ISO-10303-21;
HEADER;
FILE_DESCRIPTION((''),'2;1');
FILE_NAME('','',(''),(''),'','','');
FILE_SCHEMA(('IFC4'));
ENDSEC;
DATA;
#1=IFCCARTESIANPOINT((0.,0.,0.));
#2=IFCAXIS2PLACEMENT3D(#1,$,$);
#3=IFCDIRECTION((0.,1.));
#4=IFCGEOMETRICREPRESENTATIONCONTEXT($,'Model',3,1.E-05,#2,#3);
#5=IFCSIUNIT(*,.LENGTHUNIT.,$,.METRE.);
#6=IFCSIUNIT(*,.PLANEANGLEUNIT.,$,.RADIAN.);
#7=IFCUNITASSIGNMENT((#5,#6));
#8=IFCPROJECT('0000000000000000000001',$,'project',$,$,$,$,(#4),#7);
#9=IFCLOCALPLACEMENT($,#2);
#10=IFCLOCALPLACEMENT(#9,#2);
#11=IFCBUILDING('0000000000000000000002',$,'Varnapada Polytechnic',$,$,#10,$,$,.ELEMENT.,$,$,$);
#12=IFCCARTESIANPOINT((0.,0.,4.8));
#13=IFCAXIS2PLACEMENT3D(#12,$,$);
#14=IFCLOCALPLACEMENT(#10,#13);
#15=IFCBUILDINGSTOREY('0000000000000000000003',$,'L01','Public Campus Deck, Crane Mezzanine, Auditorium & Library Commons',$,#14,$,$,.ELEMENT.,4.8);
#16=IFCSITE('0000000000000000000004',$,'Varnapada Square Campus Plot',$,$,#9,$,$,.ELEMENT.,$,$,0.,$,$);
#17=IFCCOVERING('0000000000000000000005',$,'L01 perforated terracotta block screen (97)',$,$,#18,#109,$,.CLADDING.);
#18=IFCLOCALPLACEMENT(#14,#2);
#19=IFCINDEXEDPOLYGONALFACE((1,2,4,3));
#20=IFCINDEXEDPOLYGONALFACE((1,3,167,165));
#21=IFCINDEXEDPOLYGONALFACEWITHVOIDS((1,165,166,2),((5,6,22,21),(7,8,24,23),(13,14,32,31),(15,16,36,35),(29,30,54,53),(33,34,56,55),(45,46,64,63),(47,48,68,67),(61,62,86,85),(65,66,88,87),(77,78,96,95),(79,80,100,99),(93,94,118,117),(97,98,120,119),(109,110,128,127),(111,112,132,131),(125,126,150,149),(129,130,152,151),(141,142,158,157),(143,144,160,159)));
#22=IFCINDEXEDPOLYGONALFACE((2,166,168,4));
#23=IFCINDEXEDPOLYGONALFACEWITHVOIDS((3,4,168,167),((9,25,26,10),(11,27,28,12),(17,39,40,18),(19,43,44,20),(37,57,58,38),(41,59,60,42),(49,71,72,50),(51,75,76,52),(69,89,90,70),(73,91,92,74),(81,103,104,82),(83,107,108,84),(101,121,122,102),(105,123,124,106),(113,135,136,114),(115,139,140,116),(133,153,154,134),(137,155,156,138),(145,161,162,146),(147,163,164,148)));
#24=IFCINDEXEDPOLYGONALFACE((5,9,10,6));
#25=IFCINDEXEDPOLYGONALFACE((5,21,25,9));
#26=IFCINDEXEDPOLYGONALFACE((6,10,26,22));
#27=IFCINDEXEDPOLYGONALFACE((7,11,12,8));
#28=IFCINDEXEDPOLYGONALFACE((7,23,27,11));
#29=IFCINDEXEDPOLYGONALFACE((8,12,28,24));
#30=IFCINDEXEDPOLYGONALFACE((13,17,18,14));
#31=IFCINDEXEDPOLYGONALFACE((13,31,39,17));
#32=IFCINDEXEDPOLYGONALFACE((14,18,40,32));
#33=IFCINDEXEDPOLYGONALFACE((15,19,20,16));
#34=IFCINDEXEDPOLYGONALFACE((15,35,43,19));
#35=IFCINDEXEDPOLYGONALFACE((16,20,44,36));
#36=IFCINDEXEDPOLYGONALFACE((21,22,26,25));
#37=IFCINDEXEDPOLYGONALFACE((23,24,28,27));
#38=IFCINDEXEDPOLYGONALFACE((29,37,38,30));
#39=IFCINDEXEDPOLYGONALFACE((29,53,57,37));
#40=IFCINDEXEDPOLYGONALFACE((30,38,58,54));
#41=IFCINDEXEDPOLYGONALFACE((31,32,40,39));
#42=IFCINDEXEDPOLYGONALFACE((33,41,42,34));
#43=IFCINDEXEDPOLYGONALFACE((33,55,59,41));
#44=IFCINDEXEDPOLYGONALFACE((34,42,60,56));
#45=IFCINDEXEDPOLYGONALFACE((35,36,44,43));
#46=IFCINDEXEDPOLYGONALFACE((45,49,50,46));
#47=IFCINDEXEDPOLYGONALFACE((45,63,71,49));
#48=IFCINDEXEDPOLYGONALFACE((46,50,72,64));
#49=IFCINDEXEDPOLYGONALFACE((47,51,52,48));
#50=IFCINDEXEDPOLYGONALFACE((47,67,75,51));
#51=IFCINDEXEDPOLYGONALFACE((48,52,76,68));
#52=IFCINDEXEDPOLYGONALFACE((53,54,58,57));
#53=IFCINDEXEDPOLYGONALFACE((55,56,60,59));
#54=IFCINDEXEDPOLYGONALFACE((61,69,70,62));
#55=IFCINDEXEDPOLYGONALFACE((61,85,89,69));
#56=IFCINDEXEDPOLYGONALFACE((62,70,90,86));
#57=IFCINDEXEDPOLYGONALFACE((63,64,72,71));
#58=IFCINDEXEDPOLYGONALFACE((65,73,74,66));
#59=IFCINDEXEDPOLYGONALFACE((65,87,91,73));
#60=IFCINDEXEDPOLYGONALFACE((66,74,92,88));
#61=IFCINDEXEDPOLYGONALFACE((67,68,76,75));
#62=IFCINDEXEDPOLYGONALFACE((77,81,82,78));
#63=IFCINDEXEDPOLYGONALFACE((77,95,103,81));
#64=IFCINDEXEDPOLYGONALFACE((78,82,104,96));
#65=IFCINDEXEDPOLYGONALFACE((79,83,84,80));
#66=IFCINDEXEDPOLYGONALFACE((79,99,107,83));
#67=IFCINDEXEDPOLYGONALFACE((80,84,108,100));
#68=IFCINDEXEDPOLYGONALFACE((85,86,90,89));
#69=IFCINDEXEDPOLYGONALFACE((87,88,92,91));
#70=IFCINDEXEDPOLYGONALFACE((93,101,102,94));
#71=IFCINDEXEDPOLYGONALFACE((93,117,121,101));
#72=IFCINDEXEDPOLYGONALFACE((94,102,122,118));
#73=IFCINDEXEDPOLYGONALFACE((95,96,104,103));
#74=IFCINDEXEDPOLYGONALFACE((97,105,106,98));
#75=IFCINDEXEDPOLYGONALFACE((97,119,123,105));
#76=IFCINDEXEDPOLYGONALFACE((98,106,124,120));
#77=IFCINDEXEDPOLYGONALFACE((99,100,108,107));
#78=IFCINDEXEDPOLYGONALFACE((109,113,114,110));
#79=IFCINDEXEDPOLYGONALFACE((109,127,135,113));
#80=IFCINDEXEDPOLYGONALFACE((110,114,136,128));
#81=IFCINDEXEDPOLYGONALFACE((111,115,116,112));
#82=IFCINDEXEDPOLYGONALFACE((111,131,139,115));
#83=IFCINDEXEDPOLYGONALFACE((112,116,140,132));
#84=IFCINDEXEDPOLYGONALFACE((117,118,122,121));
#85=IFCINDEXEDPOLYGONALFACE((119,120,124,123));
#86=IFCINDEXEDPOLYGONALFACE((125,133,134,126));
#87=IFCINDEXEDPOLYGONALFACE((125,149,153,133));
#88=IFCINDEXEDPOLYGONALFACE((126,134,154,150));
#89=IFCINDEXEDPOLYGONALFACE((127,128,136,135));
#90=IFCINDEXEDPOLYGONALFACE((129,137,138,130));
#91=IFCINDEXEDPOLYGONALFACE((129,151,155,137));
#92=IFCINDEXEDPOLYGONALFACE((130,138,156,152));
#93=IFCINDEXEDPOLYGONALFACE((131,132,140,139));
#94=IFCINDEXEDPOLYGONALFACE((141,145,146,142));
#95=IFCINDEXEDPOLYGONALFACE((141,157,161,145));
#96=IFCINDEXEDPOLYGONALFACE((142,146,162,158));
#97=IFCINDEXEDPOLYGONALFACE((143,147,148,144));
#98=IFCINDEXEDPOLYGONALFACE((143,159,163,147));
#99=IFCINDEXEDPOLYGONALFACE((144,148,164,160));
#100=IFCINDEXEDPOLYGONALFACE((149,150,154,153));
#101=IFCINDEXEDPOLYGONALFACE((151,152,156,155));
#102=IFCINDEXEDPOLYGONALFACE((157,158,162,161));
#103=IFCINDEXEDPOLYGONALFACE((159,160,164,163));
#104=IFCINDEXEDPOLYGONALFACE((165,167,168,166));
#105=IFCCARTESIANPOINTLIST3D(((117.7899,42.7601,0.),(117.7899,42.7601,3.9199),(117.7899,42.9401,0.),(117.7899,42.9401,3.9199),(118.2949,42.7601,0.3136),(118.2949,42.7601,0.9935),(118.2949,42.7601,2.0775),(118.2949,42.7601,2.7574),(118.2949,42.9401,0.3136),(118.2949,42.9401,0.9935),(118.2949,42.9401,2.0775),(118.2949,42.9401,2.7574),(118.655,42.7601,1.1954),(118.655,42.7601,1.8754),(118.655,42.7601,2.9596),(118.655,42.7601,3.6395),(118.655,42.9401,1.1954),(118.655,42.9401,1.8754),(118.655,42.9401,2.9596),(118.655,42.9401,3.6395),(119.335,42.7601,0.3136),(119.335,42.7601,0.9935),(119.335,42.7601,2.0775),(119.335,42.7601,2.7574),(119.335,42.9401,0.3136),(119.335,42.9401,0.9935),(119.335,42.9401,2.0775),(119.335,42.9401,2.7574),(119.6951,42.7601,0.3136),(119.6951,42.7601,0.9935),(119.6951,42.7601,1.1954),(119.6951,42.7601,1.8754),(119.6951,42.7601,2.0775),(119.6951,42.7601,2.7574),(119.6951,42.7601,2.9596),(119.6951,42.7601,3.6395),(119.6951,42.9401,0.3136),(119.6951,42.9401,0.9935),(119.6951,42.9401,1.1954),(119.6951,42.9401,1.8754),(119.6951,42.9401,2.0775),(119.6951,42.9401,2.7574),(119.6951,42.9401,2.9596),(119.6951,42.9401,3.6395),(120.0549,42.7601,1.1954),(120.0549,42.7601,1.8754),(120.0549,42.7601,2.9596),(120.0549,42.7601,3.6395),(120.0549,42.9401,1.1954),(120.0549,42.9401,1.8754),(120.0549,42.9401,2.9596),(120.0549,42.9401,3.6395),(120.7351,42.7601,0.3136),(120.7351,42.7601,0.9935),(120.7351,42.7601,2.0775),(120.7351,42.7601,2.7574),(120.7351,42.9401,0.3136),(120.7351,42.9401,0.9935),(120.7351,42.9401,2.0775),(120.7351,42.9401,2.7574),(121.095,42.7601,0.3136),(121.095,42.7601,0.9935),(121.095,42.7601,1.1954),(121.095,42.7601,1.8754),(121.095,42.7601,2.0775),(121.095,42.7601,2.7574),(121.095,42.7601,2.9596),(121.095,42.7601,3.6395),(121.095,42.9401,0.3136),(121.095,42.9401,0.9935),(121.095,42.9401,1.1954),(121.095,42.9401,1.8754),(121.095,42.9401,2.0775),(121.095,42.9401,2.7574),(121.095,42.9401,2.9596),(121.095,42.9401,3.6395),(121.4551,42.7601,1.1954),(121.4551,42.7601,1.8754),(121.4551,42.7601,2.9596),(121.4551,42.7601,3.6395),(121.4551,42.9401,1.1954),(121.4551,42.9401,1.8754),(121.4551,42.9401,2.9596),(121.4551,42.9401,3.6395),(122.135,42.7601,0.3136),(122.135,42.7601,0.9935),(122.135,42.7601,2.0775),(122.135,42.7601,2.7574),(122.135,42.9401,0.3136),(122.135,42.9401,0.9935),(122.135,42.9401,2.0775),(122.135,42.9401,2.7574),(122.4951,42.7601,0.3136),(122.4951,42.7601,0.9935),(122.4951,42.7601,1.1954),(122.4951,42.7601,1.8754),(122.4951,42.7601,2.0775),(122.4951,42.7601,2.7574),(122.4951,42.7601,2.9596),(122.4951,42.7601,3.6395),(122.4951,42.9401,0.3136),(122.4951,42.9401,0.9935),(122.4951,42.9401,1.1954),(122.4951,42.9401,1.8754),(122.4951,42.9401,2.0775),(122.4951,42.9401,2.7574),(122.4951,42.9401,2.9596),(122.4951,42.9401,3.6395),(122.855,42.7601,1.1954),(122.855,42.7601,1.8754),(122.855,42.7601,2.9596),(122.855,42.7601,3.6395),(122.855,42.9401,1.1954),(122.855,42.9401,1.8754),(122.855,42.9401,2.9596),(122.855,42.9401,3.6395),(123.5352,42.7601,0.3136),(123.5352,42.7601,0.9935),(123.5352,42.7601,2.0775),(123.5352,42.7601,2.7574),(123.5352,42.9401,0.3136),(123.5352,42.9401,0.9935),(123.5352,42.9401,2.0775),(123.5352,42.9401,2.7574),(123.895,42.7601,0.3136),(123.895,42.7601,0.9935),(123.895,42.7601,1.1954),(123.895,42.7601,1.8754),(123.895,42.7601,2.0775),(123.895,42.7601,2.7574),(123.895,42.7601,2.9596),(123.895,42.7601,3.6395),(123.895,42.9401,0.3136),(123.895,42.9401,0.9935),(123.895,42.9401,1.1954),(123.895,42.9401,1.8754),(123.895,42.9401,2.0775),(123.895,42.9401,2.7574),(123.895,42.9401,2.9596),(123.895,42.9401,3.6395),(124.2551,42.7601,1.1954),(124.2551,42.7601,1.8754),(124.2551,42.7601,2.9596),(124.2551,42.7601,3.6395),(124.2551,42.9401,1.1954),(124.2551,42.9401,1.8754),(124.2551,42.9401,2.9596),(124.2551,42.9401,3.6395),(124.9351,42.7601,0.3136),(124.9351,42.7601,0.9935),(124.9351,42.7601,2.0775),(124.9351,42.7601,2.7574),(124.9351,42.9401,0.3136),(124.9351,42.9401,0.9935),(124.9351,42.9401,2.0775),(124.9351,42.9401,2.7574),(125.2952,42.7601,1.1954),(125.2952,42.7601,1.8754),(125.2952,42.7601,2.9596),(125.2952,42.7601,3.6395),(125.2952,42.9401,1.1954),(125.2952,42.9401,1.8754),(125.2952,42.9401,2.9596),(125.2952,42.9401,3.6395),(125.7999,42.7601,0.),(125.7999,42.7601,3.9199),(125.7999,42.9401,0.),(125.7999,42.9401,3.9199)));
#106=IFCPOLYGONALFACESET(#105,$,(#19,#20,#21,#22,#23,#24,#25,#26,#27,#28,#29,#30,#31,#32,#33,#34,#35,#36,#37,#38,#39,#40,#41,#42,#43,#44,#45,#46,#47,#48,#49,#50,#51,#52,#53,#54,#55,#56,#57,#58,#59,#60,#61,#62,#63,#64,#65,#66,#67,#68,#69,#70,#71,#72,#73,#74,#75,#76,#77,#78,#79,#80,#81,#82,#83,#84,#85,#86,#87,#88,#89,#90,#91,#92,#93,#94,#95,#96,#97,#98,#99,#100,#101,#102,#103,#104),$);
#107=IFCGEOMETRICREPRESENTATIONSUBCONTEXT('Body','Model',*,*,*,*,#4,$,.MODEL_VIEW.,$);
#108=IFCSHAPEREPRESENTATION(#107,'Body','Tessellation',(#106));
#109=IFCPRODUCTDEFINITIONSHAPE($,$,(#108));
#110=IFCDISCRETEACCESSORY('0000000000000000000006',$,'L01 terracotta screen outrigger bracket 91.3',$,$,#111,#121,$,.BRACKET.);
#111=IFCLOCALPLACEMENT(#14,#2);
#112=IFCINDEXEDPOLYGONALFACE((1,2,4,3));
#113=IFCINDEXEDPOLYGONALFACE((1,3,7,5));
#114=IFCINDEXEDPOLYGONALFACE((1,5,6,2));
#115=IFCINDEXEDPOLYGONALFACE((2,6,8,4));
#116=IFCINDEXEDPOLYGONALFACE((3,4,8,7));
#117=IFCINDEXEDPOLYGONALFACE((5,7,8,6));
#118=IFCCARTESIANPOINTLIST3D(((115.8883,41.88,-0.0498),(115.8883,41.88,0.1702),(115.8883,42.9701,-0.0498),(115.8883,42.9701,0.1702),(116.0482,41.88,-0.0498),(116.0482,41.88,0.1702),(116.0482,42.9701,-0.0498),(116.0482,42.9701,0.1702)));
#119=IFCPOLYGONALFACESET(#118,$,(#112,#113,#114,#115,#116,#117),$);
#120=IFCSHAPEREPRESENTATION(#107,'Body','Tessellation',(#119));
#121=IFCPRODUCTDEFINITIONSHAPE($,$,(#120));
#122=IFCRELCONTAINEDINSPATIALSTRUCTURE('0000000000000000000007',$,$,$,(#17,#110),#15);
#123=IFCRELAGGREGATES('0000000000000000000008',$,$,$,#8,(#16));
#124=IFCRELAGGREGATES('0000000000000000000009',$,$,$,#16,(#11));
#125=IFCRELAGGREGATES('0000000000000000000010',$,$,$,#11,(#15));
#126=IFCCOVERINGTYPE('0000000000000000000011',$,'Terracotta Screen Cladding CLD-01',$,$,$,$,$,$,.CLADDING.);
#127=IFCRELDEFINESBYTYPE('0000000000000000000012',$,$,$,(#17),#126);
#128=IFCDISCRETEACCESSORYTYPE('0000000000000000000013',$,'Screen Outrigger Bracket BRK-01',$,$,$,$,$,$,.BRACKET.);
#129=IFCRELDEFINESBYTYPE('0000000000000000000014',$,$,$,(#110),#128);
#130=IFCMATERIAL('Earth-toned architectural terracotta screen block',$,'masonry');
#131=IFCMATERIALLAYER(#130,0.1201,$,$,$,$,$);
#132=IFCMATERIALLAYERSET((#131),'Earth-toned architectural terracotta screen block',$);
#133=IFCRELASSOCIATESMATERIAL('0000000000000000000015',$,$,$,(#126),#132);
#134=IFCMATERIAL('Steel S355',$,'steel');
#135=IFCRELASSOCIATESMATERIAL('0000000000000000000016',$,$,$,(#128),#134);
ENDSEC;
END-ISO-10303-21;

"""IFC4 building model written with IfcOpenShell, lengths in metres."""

from ifc_helpers import new_model, si_unit, direction, frame, frame_2d, origin, origin_2d, place, context, subcontext, project, spatial, rectangle, extrude, material, layer, layer_set, type_object, element, save


model = new_model("IFC4")

# Units and contexts
model_context = context("Model", 3, precision=1e-05, world=origin(), true_north=direction((0.0, 1.0)))
body_context = subcontext(model_context, "Body", "Model", "MODEL_VIEW")
ifc_project = project(units=[si_unit("LENGTHUNIT", "METRE"), si_unit("PLANEANGLEUNIT", "RADIAN")], contexts=[model_context])

# Site, building, storey
site_placement = place(None, origin())
site = spatial("IfcSite", under=ifc_project, at=site_placement, Name="Varnapada Square Campus Plot", CompositionType="ELEMENT", RefElevation=0.0)
building_placement = place(site_placement, origin())
building = spatial("IfcBuilding", under=site, at=building_placement, Name="Varnapada Polytechnic", CompositionType="ELEMENT")
storey_placement = place(building_placement, frame((0.0, 0.0, 4.8)))
storey = spatial("IfcBuildingStorey", under=building, at=storey_placement, Name="L01", Description="Public Campus Deck, Crane Mezzanine, Auditorium & Library Commons", CompositionType="ELEMENT", Elevation=4.8)

# Shared definitions
ifc_material_1 = material(Name="Steel S355", Category="steel")

# Covering, openings
ifc_material_2 = material(Name="Earth-toned architectural terracotta screen block", Category="masonry")
ifc_layer_1 = layer(ifc_material_2, 0.1201)
ifc_layer_set_1 = layer_set([ifc_layer_1], Name="Earth-toned architectural terracotta screen block")
covering_type = type_object("IfcCoveringType", Name="Terracotta Screen Cladding CLD-01", PredefinedType="CLADDING", material=ifc_layer_set_1)
covering_placement = place(storey_placement, frame((117.79, 42.8501, 0.0), z_axis=(0.0, 0.0, 1.0), x_axis=(1.0, 0.0, 0.0)))
covering = element("IfcCovering", 1, at=covering_placement, inside=storey, type_object=covering_type, Name="L01 perforated terracotta block screen (97)", PredefinedType="CLADDING", context=body_context, shape_type="SweptSolid", body=[
    extrude(rectangle(XDim=8.01, YDim=0.1799, at=frame_2d((4.0049, 0.0))), origin(), (0.0, 0.0, 1.0), 3.9199),
])
opening_1_placement = place(covering_placement, frame((0.5049, 0.0, 0.3137)))
element("IfcOpeningElement", 2, at=opening_1_placement, cuts=covering, PredefinedType="OPENING", context=body_context, shape_type="SweptSolid", body=[
    extrude(rectangle(XDim=1.04, YDim=0.6799, at=frame_2d((0.52, 0.3398))), frame((0.0, 0.0999, 0.0), z_axis=(0.0, -1.0, 0.0), x_axis=(1.0, 0.0, 0.0)), (0.0, 0.0, 1.0), 0.2),
])
opening_2_placement = place(covering_placement, frame((1.905, 0.0, 0.3137)))
element("IfcOpeningElement", 3, at=opening_2_placement, cuts=covering, PredefinedType="OPENING", context=body_context, shape_type="SweptSolid", body=[
    extrude(rectangle(XDim=1.04, YDim=0.6799, at=frame_2d((0.52, 0.3398))), frame((0.0, 0.0999, 0.0), z_axis=(0.0, -1.0, 0.0), x_axis=(1.0, 0.0, 0.0)), (0.0, 0.0, 1.0), 0.2),
])
opening_3_placement = place(covering_placement, frame((3.3049, 0.0, 0.3137)))
element("IfcOpeningElement", 4, at=opening_3_placement, cuts=covering, PredefinedType="OPENING", context=body_context, shape_type="SweptSolid", body=[
    extrude(rectangle(XDim=1.04, YDim=0.6799, at=frame_2d((0.52, 0.3398))), frame((0.0, 0.0999, 0.0), z_axis=(0.0, -1.0, 0.0), x_axis=(1.0, 0.0, 0.0)), (0.0, 0.0, 1.0), 0.2),
])
opening_4_placement = place(covering_placement, frame((4.7051, 0.0, 0.3137)))
element("IfcOpeningElement", 5, at=opening_4_placement, cuts=covering, PredefinedType="OPENING", context=body_context, shape_type="SweptSolid", body=[
    extrude(rectangle(XDim=1.04, YDim=0.6799, at=frame_2d((0.52, 0.3398))), frame((0.0, 0.0999, 0.0), z_axis=(0.0, -1.0, 0.0), x_axis=(1.0, 0.0, 0.0)), (0.0, 0.0, 1.0), 0.2),
])
opening_5_placement = place(covering_placement, frame((6.105, 0.0, 0.3137)))
element("IfcOpeningElement", 6, at=opening_5_placement, cuts=covering, PredefinedType="OPENING", context=body_context, shape_type="SweptSolid", body=[
    extrude(rectangle(XDim=1.04, YDim=0.6799, at=frame_2d((0.52, 0.3398))), frame((0.0, 0.0999, 0.0), z_axis=(0.0, -1.0, 0.0), x_axis=(1.0, 0.0, 0.0)), (0.0, 0.0, 1.0), 0.2),
])
opening_6_placement = place(covering_placement, frame((0.865, 0.0, 1.1956)))
element("IfcOpeningElement", 7, at=opening_6_placement, cuts=covering, PredefinedType="OPENING", context=body_context, shape_type="SweptSolid", body=[
    extrude(rectangle(XDim=1.04, YDim=0.6799, at=frame_2d((0.52, 0.3398))), frame((0.0, 0.0999, 0.0), z_axis=(0.0, -1.0, 0.0), x_axis=(1.0, 0.0, 0.0)), (0.0, 0.0, 1.0), 0.2),
])
opening_7_placement = place(covering_placement, frame((2.2649, 0.0, 1.1956)))
element("IfcOpeningElement", 8, at=opening_7_placement, cuts=covering, PredefinedType="OPENING", context=body_context, shape_type="SweptSolid", body=[
    extrude(rectangle(XDim=1.04, YDim=0.6799, at=frame_2d((0.52, 0.3398))), frame((0.0, 0.0999, 0.0), z_axis=(0.0, -1.0, 0.0), x_axis=(1.0, 0.0, 0.0)), (0.0, 0.0, 1.0), 0.2),
])
opening_8_placement = place(covering_placement, frame((3.665, 0.0, 1.1956)))
element("IfcOpeningElement", 9, at=opening_8_placement, cuts=covering, PredefinedType="OPENING", context=body_context, shape_type="SweptSolid", body=[
    extrude(rectangle(XDim=1.04, YDim=0.6799, at=frame_2d((0.52, 0.3398))), frame((0.0, 0.0999, 0.0), z_axis=(0.0, -1.0, 0.0), x_axis=(1.0, 0.0, 0.0)), (0.0, 0.0, 1.0), 0.2),
])
opening_9_placement = place(covering_placement, frame((5.0649, 0.0, 1.1956)))
element("IfcOpeningElement", 10, at=opening_9_placement, cuts=covering, PredefinedType="OPENING", context=body_context, shape_type="SweptSolid", body=[
    extrude(rectangle(XDim=1.04, YDim=0.6799, at=frame_2d((0.52, 0.3398))), frame((0.0, 0.0999, 0.0), z_axis=(0.0, -1.0, 0.0), x_axis=(1.0, 0.0, 0.0)), (0.0, 0.0, 1.0), 0.2),
])
opening_10_placement = place(covering_placement, frame((6.4651, 0.0, 1.1956)))
element("IfcOpeningElement", 11, at=opening_10_placement, cuts=covering, PredefinedType="OPENING", context=body_context, shape_type="SweptSolid", body=[
    extrude(rectangle(XDim=1.04, YDim=0.6799, at=frame_2d((0.52, 0.3398))), frame((0.0, 0.0999, 0.0), z_axis=(0.0, -1.0, 0.0), x_axis=(1.0, 0.0, 0.0)), (0.0, 0.0, 1.0), 0.2),
])
opening_11_placement = place(covering_placement, frame((0.5049, 0.0, 2.0776)))
element("IfcOpeningElement", 12, at=opening_11_placement, cuts=covering, PredefinedType="OPENING", context=body_context, shape_type="SweptSolid", body=[
    extrude(rectangle(XDim=1.04, YDim=0.6799, at=frame_2d((0.52, 0.3398))), frame((0.0, 0.0999, 0.0), z_axis=(0.0, -1.0, 0.0), x_axis=(1.0, 0.0, 0.0)), (0.0, 0.0, 1.0), 0.2),
])
opening_12_placement = place(covering_placement, frame((1.905, 0.0, 2.0776)))
element("IfcOpeningElement", 13, at=opening_12_placement, cuts=covering, PredefinedType="OPENING", context=body_context, shape_type="SweptSolid", body=[
    extrude(rectangle(XDim=1.04, YDim=0.6799, at=frame_2d((0.52, 0.3398))), frame((0.0, 0.0999, 0.0), z_axis=(0.0, -1.0, 0.0), x_axis=(1.0, 0.0, 0.0)), (0.0, 0.0, 1.0), 0.2),
])
opening_13_placement = place(covering_placement, frame((3.3049, 0.0, 2.0776)))
element("IfcOpeningElement", 14, at=opening_13_placement, cuts=covering, PredefinedType="OPENING", context=body_context, shape_type="SweptSolid", body=[
    extrude(rectangle(XDim=1.04, YDim=0.6799, at=frame_2d((0.52, 0.3398))), frame((0.0, 0.0999, 0.0), z_axis=(0.0, -1.0, 0.0), x_axis=(1.0, 0.0, 0.0)), (0.0, 0.0, 1.0), 0.2),
])
opening_14_placement = place(covering_placement, frame((4.7051, 0.0, 2.0776)))
element("IfcOpeningElement", 15, at=opening_14_placement, cuts=covering, PredefinedType="OPENING", context=body_context, shape_type="SweptSolid", body=[
    extrude(rectangle(XDim=1.04, YDim=0.6799, at=frame_2d((0.52, 0.3398))), frame((0.0, 0.0999, 0.0), z_axis=(0.0, -1.0, 0.0), x_axis=(1.0, 0.0, 0.0)), (0.0, 0.0, 1.0), 0.2),
])
opening_15_placement = place(covering_placement, frame((6.105, 0.0, 2.0776)))
element("IfcOpeningElement", 16, at=opening_15_placement, cuts=covering, PredefinedType="OPENING", context=body_context, shape_type="SweptSolid", body=[
    extrude(rectangle(XDim=1.04, YDim=0.6799, at=frame_2d((0.52, 0.3398))), frame((0.0, 0.0999, 0.0), z_axis=(0.0, -1.0, 0.0), x_axis=(1.0, 0.0, 0.0)), (0.0, 0.0, 1.0), 0.2),
])
opening_16_placement = place(covering_placement, frame((0.865, 0.0, 2.9597)))
element("IfcOpeningElement", 17, at=opening_16_placement, cuts=covering, PredefinedType="OPENING", context=body_context, shape_type="SweptSolid", body=[
    extrude(rectangle(XDim=1.04, YDim=0.6799, at=frame_2d((0.52, 0.3398))), frame((0.0, 0.0999, 0.0), z_axis=(0.0, -1.0, 0.0), x_axis=(1.0, 0.0, 0.0)), (0.0, 0.0, 1.0), 0.2),
])
opening_17_placement = place(covering_placement, frame((2.2649, 0.0, 2.9597)))
element("IfcOpeningElement", 18, at=opening_17_placement, cuts=covering, PredefinedType="OPENING", context=body_context, shape_type="SweptSolid", body=[
    extrude(rectangle(XDim=1.04, YDim=0.6799, at=frame_2d((0.52, 0.3398))), frame((0.0, 0.0999, 0.0), z_axis=(0.0, -1.0, 0.0), x_axis=(1.0, 0.0, 0.0)), (0.0, 0.0, 1.0), 0.2),
])
opening_18_placement = place(covering_placement, frame((3.665, 0.0, 2.9597)))
element("IfcOpeningElement", 19, at=opening_18_placement, cuts=covering, PredefinedType="OPENING", context=body_context, shape_type="SweptSolid", body=[
    extrude(rectangle(XDim=1.04, YDim=0.6799, at=frame_2d((0.52, 0.3398))), frame((0.0, 0.0999, 0.0), z_axis=(0.0, -1.0, 0.0), x_axis=(1.0, 0.0, 0.0)), (0.0, 0.0, 1.0), 0.2),
])
opening_19_placement = place(covering_placement, frame((5.0649, 0.0, 2.9597)))
element("IfcOpeningElement", 20, at=opening_19_placement, cuts=covering, PredefinedType="OPENING", context=body_context, shape_type="SweptSolid", body=[
    extrude(rectangle(XDim=1.04, YDim=0.6799, at=frame_2d((0.52, 0.3398))), frame((0.0, 0.0999, 0.0), z_axis=(0.0, -1.0, 0.0), x_axis=(1.0, 0.0, 0.0)), (0.0, 0.0, 1.0), 0.2),
])
opening_20_placement = place(covering_placement, frame((6.4651, 0.0, 2.9597)))
element("IfcOpeningElement", 21, at=opening_20_placement, cuts=covering, PredefinedType="OPENING", context=body_context, shape_type="SweptSolid", body=[
    extrude(rectangle(XDim=1.04, YDim=0.6799, at=frame_2d((0.52, 0.3398))), frame((0.0, 0.0999, 0.0), z_axis=(0.0, -1.0, 0.0), x_axis=(1.0, 0.0, 0.0)), (0.0, 0.0, 1.0), 0.2),
])

# Discrete accessory
discrete_accessory_type = type_object("IfcDiscreteAccessoryType", Name="Screen Outrigger Bracket BRK-01", PredefinedType="BRACKET", material=ifc_material_1)
discrete_accessory_placement = place(storey_placement, frame((115.9683, 42.425, -0.0498), z_axis=(0.0, 0.0, 1.0), x_axis=(1.0, 0.0, 0.0)))
element("IfcDiscreteAccessory", 22, at=discrete_accessory_placement, inside=storey, type_object=discrete_accessory_type, Name="L01 terracotta screen outrigger bracket 91.3", PredefinedType="BRACKET", context=body_context, shape_type="SweptSolid", body=[
    extrude(rectangle(XDim=0.1599, YDim=1.0901, at=origin_2d()), origin(), (0.0, 0.0, 1.0), 0.22),
])

save(model, "model.ifc")
